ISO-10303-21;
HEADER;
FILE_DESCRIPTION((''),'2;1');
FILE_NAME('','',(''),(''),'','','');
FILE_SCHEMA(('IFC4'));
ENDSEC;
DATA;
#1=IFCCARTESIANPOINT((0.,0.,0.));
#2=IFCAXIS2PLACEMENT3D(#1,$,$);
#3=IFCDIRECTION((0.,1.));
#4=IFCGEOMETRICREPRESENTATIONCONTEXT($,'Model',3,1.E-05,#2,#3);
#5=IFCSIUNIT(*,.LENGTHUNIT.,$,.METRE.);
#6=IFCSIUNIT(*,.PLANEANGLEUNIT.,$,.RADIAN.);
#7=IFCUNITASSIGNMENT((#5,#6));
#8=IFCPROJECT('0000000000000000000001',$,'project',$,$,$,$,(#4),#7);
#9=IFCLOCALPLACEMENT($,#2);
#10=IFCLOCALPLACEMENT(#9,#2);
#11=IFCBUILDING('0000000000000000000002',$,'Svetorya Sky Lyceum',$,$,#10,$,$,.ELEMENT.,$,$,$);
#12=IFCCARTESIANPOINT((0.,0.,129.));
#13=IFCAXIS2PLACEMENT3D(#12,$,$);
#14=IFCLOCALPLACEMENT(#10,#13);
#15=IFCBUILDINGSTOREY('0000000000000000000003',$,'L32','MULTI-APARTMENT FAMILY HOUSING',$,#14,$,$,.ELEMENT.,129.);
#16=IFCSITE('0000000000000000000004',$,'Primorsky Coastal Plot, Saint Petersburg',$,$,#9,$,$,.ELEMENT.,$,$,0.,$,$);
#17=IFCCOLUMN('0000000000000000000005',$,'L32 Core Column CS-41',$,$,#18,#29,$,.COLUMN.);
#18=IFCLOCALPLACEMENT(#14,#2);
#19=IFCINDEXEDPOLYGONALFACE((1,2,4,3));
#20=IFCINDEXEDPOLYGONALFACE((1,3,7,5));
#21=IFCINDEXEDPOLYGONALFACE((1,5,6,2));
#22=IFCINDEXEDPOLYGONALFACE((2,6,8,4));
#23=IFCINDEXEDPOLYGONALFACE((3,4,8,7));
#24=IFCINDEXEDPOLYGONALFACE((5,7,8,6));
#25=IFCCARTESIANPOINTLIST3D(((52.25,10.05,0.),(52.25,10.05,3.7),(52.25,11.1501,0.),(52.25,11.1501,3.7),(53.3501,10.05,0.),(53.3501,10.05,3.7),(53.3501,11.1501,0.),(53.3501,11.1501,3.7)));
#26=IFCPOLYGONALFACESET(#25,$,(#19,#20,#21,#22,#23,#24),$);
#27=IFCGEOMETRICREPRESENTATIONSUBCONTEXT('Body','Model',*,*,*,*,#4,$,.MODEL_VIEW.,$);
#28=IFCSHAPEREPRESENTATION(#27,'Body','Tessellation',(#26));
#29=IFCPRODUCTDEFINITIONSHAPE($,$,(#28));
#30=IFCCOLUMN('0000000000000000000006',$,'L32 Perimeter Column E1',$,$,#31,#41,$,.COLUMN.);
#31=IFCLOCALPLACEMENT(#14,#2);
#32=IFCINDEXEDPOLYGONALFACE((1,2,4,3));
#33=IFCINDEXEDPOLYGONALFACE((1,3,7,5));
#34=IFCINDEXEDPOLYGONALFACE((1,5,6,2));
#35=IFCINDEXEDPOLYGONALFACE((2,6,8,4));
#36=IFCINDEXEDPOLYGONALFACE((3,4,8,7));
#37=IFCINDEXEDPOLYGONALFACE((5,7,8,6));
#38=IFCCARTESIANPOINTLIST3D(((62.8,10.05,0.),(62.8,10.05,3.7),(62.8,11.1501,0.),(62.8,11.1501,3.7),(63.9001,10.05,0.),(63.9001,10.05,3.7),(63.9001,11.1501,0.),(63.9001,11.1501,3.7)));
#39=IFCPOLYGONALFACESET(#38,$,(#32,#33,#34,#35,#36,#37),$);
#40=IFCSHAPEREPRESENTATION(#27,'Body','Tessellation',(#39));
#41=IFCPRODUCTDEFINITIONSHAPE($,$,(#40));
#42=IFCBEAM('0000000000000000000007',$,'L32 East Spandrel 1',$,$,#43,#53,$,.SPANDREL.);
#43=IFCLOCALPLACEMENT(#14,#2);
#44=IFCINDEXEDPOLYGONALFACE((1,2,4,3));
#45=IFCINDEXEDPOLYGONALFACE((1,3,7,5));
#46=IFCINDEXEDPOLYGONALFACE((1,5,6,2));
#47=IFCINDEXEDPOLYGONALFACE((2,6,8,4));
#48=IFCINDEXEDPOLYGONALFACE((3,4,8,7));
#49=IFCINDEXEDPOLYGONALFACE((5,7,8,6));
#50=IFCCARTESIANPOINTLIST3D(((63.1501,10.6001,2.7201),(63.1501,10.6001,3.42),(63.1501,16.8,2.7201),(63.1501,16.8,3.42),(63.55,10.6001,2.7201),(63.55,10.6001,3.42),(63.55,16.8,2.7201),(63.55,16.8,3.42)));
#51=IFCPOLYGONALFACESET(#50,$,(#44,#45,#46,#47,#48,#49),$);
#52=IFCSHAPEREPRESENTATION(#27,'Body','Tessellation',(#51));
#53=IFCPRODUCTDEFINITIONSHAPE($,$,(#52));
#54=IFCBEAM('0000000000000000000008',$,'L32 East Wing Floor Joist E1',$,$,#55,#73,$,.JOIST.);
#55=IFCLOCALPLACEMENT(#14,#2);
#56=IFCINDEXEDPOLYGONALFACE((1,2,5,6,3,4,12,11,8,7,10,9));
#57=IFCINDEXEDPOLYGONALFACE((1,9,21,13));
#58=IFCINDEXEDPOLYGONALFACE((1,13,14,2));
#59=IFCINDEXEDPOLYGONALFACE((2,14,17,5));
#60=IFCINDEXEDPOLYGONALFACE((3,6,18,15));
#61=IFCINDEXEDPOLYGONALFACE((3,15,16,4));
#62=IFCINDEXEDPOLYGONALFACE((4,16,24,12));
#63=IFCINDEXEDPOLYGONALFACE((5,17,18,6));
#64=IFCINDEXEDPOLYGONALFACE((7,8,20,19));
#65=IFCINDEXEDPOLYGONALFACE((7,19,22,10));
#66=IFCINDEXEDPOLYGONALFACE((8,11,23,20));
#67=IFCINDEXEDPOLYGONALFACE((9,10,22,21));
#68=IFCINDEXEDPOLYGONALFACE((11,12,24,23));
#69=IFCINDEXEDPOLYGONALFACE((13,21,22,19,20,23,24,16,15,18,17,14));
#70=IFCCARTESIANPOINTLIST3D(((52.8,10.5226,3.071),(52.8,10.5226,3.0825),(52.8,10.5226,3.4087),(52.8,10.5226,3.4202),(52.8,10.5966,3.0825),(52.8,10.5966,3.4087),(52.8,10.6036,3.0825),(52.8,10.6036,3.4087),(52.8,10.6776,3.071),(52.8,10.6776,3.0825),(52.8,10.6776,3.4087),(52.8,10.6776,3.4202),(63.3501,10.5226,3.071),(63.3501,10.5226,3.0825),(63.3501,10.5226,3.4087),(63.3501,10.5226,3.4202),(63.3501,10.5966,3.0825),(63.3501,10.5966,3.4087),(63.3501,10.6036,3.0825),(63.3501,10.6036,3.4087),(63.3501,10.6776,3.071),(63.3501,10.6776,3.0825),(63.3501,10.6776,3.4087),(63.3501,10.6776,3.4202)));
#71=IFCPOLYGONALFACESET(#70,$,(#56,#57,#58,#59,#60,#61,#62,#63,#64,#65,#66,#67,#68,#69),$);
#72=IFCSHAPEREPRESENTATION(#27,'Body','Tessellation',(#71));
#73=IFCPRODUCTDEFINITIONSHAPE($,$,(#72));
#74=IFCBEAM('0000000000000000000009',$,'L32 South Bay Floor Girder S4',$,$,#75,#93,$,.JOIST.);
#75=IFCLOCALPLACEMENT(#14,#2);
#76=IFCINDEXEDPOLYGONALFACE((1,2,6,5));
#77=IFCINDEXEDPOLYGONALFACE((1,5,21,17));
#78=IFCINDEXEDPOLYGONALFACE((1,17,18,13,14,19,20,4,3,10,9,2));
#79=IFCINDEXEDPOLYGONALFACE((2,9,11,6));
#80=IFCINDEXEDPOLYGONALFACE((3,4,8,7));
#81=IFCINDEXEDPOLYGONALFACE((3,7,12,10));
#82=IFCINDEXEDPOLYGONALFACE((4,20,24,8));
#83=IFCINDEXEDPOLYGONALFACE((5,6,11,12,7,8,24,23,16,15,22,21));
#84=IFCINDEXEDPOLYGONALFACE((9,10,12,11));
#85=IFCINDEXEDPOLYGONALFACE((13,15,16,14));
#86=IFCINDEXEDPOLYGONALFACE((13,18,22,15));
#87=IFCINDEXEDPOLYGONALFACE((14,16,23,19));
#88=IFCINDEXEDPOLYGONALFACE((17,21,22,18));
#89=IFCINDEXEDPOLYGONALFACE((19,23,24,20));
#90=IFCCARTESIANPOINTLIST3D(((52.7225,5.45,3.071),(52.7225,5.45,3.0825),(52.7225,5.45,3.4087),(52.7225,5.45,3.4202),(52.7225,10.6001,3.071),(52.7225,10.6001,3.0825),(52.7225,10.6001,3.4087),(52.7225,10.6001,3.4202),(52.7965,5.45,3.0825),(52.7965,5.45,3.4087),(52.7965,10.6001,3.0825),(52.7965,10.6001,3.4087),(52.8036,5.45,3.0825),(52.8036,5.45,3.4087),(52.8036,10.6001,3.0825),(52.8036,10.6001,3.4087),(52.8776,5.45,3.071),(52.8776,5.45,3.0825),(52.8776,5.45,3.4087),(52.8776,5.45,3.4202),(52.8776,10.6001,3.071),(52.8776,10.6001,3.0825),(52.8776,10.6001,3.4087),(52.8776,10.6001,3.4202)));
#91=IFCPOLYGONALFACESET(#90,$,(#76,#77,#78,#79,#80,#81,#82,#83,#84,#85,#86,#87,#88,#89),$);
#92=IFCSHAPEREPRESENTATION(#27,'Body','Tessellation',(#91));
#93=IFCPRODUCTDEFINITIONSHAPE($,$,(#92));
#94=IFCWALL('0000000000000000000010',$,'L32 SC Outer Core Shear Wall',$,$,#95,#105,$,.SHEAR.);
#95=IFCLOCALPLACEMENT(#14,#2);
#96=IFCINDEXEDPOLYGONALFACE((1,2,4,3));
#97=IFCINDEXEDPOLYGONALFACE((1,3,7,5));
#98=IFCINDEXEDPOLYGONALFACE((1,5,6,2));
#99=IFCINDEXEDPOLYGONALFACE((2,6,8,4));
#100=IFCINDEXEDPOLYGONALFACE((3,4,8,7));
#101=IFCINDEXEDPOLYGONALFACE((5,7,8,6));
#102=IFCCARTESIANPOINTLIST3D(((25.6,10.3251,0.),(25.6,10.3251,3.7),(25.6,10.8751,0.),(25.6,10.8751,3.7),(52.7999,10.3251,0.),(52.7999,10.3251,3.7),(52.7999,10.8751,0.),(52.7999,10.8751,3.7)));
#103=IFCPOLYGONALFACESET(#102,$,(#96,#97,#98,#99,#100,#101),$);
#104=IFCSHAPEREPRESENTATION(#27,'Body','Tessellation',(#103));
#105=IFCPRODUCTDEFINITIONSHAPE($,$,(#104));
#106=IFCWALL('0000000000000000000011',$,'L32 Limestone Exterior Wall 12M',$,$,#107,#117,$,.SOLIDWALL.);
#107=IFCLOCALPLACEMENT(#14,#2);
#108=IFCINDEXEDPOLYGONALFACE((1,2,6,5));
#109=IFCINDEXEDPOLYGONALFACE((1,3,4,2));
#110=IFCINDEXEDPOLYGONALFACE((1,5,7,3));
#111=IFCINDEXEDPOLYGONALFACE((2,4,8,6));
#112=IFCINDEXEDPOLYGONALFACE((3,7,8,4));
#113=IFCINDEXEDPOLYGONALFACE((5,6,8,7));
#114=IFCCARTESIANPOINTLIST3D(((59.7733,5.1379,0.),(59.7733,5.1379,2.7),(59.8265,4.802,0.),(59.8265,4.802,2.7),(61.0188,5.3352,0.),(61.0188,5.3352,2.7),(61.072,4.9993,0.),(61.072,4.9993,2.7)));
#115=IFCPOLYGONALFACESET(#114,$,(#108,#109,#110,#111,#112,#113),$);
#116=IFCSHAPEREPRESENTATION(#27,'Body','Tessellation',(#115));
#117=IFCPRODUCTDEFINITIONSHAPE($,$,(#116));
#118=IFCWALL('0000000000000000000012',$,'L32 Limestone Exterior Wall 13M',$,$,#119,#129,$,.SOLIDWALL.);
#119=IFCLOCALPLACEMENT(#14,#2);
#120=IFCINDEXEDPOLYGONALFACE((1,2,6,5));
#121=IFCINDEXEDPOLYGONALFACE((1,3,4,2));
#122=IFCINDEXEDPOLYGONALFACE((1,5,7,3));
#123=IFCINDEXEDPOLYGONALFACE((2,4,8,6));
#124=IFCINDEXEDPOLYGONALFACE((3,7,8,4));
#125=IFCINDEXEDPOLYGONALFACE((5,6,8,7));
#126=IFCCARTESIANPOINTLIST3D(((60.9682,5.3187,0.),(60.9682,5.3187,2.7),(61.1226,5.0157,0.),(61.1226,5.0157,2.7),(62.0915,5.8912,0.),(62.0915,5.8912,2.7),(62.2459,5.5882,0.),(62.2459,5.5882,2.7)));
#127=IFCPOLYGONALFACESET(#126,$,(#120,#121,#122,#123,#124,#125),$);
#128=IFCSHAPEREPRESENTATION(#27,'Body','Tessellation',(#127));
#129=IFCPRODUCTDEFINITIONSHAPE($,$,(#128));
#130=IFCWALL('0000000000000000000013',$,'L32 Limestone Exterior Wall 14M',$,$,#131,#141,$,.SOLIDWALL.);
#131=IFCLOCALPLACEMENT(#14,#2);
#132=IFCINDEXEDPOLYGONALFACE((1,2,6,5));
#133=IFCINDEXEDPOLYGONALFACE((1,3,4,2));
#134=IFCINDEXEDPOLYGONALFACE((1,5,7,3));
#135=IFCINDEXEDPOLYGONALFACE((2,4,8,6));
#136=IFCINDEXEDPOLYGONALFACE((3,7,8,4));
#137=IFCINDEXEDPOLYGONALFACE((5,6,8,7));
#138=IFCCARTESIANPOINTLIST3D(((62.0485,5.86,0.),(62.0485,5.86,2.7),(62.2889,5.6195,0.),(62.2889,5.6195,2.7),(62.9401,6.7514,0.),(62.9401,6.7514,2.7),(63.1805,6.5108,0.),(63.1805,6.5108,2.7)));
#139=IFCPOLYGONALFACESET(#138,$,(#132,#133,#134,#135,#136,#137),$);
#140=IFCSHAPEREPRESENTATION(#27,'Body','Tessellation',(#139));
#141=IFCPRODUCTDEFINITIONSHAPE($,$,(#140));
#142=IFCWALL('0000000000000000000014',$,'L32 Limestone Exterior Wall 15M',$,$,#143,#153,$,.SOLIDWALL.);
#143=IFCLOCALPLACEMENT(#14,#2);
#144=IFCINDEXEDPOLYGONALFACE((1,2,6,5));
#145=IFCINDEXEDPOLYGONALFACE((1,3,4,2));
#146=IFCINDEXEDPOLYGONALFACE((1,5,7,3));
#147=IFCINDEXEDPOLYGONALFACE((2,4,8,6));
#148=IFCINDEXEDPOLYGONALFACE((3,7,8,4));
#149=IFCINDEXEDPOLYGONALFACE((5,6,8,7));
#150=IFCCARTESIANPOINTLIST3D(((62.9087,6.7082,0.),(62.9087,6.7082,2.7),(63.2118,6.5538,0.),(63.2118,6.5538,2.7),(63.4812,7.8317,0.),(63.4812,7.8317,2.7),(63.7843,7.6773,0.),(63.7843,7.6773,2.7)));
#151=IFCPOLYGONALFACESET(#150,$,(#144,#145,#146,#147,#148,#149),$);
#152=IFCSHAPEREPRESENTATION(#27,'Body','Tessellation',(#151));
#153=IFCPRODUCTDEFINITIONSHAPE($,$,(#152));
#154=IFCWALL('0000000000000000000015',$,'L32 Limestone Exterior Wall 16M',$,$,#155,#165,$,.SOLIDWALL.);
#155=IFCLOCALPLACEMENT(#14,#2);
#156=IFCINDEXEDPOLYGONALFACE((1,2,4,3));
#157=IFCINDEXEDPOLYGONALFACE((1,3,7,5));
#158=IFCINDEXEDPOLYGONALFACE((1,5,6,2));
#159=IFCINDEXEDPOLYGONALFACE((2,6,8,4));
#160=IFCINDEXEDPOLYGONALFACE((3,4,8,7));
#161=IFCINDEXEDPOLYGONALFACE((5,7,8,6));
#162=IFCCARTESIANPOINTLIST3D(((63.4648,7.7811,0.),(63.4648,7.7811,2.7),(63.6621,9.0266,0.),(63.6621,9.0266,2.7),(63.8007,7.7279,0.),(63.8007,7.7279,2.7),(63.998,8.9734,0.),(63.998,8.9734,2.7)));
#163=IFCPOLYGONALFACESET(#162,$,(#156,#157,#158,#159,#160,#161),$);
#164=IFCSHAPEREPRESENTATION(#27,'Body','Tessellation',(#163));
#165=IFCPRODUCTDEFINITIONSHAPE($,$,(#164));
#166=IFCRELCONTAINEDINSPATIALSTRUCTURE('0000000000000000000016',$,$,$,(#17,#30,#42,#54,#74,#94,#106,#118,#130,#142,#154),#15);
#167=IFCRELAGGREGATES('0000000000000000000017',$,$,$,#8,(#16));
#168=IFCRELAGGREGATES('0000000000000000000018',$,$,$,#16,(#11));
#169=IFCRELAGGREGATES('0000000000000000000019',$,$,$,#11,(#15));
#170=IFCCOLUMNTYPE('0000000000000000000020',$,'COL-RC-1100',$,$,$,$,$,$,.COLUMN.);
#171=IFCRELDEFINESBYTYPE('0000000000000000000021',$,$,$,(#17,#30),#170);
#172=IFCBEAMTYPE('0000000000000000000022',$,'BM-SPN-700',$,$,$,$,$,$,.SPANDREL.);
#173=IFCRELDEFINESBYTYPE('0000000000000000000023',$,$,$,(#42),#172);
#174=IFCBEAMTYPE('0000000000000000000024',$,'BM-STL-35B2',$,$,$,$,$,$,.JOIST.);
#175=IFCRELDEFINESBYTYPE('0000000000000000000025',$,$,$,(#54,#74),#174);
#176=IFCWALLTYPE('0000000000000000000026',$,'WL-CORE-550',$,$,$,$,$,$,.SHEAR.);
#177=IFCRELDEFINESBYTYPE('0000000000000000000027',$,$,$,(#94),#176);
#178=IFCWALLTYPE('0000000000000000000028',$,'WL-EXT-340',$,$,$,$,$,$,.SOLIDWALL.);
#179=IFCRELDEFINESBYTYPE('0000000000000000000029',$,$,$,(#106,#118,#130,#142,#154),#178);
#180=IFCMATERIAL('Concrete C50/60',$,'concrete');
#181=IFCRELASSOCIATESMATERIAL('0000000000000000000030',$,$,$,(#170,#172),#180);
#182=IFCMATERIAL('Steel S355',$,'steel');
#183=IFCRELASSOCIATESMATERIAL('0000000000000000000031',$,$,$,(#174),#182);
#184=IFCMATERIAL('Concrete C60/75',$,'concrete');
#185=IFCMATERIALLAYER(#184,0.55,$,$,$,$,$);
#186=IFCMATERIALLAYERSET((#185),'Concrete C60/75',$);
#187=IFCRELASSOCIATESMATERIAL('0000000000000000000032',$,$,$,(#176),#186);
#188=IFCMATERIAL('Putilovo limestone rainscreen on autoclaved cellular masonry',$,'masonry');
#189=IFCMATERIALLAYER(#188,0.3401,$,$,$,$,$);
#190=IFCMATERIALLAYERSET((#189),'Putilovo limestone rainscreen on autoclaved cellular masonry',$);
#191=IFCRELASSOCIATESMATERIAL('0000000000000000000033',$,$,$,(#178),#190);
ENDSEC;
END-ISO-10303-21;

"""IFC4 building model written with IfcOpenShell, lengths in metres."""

from ifc_helpers import new_model, si_unit, direction, frame, frame_2d, origin, origin_2d, place, context, subcontext, project, spatial, rectangle, i_section, extrude, material, layer, layer_set, material_profile, profile_set, type_object, element, save


model = new_model("IFC4")

# Units and contexts
model_context = context("Model", 3, precision=1e-05, world=origin(), true_north=direction((0.0, 1.0)))
body_context = subcontext(model_context, "Body", "Model", "MODEL_VIEW")
ifc_project = project(units=[si_unit("LENGTHUNIT", "METRE"), si_unit("PLANEANGLEUNIT", "RADIAN")], contexts=[model_context])

# Site, building, storey
site_placement = place(None, origin())
site = spatial("IfcSite", under=ifc_project, at=site_placement, Name="Primorsky Coastal Plot, Saint Petersburg", CompositionType="ELEMENT", RefElevation=0.0)
building_placement = place(site_placement, origin())
building = spatial("IfcBuilding", under=site, at=building_placement, Name="Svetorya Sky Lyceum", CompositionType="ELEMENT")
storey_placement = place(building_placement, frame((0.0, 0.0, 129.0)))
storey = spatial("IfcBuildingStorey", under=building, at=storey_placement, Name="L32", Description="MULTI-APARTMENT FAMILY HOUSING", CompositionType="ELEMENT", Elevation=129.0)

# Columns
ifc_material_1 = material(Name="Concrete C50/60", Category="concrete")
ifc_material_profile_1 = material_profile(ifc_material_1, rectangle(XDim=1.1001, YDim=1.1001, at=origin_2d()), Name="RC COL 1100x1100")
ifc_profile_set_1 = profile_set([ifc_material_profile_1], Name="Concrete C50/60")
column_type = type_object("IfcColumnType", Name="COL-RC-1100", PredefinedType="COLUMN", material=ifc_profile_set_1)
for number, where, z_axis, x_axis, name in (
    (1, (52.8, 10.6001, 0.0), (0.0, 0.0, 1.0), (1.0, 0.0, 0.0), "L32 Core Column CS-41"),
    (2, (63.3501, 10.6001, 0.0), (0.0, 0.0, 1.0), (1.0, 0.0, 0.0), "L32 Perimeter Column E1"),
):
    element("IfcColumn", number, at=place(storey_placement, frame(where, z_axis=z_axis, x_axis=x_axis)), inside=storey, type_object=column_type, Name=name, PredefinedType="COLUMN", context=body_context, shape_type="SweptSolid", body=[
        extrude(rectangle(XDim=1.1001, YDim=1.1001, at=origin_2d()), origin(), (0.0, 0.0, 1.0), 3.7),
    ])

# Beams
ifc_material_profile_2 = material_profile(ifc_material_1, rectangle(XDim=0.3999, YDim=0.7, at=origin_2d()), Name="RC SPANDREL 400x700")
ifc_profile_set_2 = profile_set([ifc_material_profile_2], Name="Concrete C50/60")
beam_type_1 = type_object("IfcBeamType", Name="BM-SPN-700", PredefinedType="SPANDREL", material=ifc_profile_set_2)
beam_1_placement = place(storey_placement, frame((63.3501, 10.6001, 3.0701), z_axis=(0.0, 1.0, 0.0), x_axis=(-1.0, 0.0, 0.0)))
element("IfcBeam", 3, at=beam_1_placement, inside=storey, type_object=beam_type_1, Name="L32 East Spandrel 1", PredefinedType="SPANDREL", context=body_context, shape_type="SweptSolid", body=[
    extrude(rectangle(XDim=0.3999, YDim=0.7, at=origin_2d()), origin(), (0.0, 0.0, 1.0), 6.2),
])
ifc_material_2 = material(Name="Steel S355", Category="steel")
ifc_material_profile_3 = material_profile(ifc_material_2, i_section(OverallWidth=0.155, OverallDepth=0.3491, WebThickness=0.0071, FlangeThickness=0.0115, at=origin_2d()), Name="GOST 35B2")
ifc_profile_set_3 = profile_set([ifc_material_profile_3], Name="Steel S355")
beam_type_2 = type_object("IfcBeamType", Name="BM-STL-35B2", PredefinedType="JOIST", material=ifc_profile_set_3)
beam_2_placement = place(storey_placement, frame((52.8, 10.6001, 3.2456), z_axis=(1.0, 0.0, 0.0), x_axis=(0.0, 1.0, 0.0)))
element("IfcBeam", 4, at=beam_2_placement, inside=storey, type_object=beam_type_2, Name="L32 East Wing Floor Joist E1", PredefinedType="JOIST", context=body_context, shape_type="SweptSolid", body=[
    extrude(i_section(OverallWidth=0.155, OverallDepth=0.3491, WebThickness=0.0071, FlangeThickness=0.0115, at=origin_2d()), origin(), (0.0, 0.0, 1.0), 10.55),
])
beam_3_placement = place(storey_placement, frame((52.8, 5.45, 3.2456), z_axis=(0.0, 1.0, 0.0), x_axis=(-1.0, 0.0, 0.0)))
element("IfcBeam", 5, at=beam_3_placement, inside=storey, type_object=beam_type_2, Name="L32 South Bay Floor Girder S4", PredefinedType="JOIST", context=body_context, shape_type="SweptSolid", body=[
    extrude(i_section(OverallWidth=0.155, OverallDepth=0.3491, WebThickness=0.0071, FlangeThickness=0.0115, at=origin_2d()), origin(), (0.0, 0.0, 1.0), 5.1501),
])

# Walls
ifc_material_3 = material(Name="Concrete C60/75", Category="concrete")
ifc_layer_1 = layer(ifc_material_3, 0.55)
ifc_layer_set_1 = layer_set([ifc_layer_1], Name="Concrete C60/75")
wall_type_1 = type_object("IfcWallType", Name="WL-CORE-550", PredefinedType="SHEAR", material=ifc_layer_set_1)
wall_1_placement = place(storey_placement, frame((52.8, 10.6001, 0.0), z_axis=(0.0, 0.0, 1.0), x_axis=(-1.0, 0.0, 0.0)))
element("IfcWall", 6, at=wall_1_placement, inside=storey, type_object=wall_type_1, Name="L32 SC Outer Core Shear Wall", PredefinedType="SHEAR", context=body_context, shape_type="SweptSolid", body=[
    extrude(rectangle(XDim=27.2, YDim=0.55, at=frame_2d((13.6001, 0.0))), origin(), (0.0, 0.0, 1.0), 3.7),
])
ifc_material_4 = material(Name="Putilovo limestone rainscreen on autoclaved cellular masonry", Category="masonry")
ifc_layer_2 = layer(ifc_material_4, 0.3401)
ifc_layer_set_2 = layer_set([ifc_layer_2], Name="Putilovo limestone rainscreen on autoclaved cellular masonry")
wall_type_2 = type_object("IfcWallType", Name="WL-EXT-340", PredefinedType="SOLIDWALL", material=ifc_layer_set_2)
wall_2_placement = place(storey_placement, frame((59.8, 4.97, 0.0), z_axis=(0.0, 0.0, 1.0), x_axis=(0.987686, 0.15645, 0.0)))
element("IfcWall", 7, at=wall_2_placement, inside=storey, type_object=wall_type_2, Name="L32 Limestone Exterior Wall 12M", PredefinedType="SOLIDWALL", context=body_context, shape_type="SweptSolid", body=[
    extrude(rectangle(XDim=1.261, YDim=0.3401, at=frame_2d((0.6304, 0.0))), origin(), (0.0, 0.0, 1.0), 2.7),
])
for number, where, z_axis, x_axis, name in (
    (8, (61.0454, 5.1672, 0.0), (0.0, 0.0, 1.0), (0.890954, 0.454094, 0.0), "L32 Limestone Exterior Wall 13M"),
    (9, (62.1687, 5.7397, 0.0), (0.0, 0.0, 1.0), (0.707204, 0.70701, 0.0), "L32 Limestone Exterior Wall 14M"),
):
    element("IfcWall", number, at=place(storey_placement, frame(where, z_axis=z_axis, x_axis=x_axis)), inside=storey, type_object=wall_type_2, Name=name, PredefinedType="SOLIDWALL", context=body_context, shape_type="SweptSolid", body=[
        extrude(rectangle(XDim=1.2607, YDim=0.3401, at=frame_2d((0.6304, 0.0))), origin(), (0.0, 0.0, 1.0), 2.7),
    ])
for number, where, z_axis, x_axis, name in (
    (10, (63.0603, 6.6311, 0.0), (0.0, 0.0, 1.0), (0.454016, 0.890994, 0.0), "L32 Limestone Exterior Wall 15M"),
    (11, (63.6328, 7.7546, 0.0), (0.0, 0.0, 1.0), (0.15645, 0.987686, 0.0), "L32 Limestone Exterior Wall 16M"),
):
    element("IfcWall", number, at=place(storey_placement, frame(where, z_axis=z_axis, x_axis=x_axis)), inside=storey, type_object=wall_type_2, Name=name, PredefinedType="SOLIDWALL", context=body_context, shape_type="SweptSolid", body=[
        extrude(rectangle(XDim=1.261, YDim=0.3401, at=frame_2d((0.6304, 0.0))), origin(), (0.0, 0.0, 1.0), 2.7),
    ])

save(model, "model.ifc")
